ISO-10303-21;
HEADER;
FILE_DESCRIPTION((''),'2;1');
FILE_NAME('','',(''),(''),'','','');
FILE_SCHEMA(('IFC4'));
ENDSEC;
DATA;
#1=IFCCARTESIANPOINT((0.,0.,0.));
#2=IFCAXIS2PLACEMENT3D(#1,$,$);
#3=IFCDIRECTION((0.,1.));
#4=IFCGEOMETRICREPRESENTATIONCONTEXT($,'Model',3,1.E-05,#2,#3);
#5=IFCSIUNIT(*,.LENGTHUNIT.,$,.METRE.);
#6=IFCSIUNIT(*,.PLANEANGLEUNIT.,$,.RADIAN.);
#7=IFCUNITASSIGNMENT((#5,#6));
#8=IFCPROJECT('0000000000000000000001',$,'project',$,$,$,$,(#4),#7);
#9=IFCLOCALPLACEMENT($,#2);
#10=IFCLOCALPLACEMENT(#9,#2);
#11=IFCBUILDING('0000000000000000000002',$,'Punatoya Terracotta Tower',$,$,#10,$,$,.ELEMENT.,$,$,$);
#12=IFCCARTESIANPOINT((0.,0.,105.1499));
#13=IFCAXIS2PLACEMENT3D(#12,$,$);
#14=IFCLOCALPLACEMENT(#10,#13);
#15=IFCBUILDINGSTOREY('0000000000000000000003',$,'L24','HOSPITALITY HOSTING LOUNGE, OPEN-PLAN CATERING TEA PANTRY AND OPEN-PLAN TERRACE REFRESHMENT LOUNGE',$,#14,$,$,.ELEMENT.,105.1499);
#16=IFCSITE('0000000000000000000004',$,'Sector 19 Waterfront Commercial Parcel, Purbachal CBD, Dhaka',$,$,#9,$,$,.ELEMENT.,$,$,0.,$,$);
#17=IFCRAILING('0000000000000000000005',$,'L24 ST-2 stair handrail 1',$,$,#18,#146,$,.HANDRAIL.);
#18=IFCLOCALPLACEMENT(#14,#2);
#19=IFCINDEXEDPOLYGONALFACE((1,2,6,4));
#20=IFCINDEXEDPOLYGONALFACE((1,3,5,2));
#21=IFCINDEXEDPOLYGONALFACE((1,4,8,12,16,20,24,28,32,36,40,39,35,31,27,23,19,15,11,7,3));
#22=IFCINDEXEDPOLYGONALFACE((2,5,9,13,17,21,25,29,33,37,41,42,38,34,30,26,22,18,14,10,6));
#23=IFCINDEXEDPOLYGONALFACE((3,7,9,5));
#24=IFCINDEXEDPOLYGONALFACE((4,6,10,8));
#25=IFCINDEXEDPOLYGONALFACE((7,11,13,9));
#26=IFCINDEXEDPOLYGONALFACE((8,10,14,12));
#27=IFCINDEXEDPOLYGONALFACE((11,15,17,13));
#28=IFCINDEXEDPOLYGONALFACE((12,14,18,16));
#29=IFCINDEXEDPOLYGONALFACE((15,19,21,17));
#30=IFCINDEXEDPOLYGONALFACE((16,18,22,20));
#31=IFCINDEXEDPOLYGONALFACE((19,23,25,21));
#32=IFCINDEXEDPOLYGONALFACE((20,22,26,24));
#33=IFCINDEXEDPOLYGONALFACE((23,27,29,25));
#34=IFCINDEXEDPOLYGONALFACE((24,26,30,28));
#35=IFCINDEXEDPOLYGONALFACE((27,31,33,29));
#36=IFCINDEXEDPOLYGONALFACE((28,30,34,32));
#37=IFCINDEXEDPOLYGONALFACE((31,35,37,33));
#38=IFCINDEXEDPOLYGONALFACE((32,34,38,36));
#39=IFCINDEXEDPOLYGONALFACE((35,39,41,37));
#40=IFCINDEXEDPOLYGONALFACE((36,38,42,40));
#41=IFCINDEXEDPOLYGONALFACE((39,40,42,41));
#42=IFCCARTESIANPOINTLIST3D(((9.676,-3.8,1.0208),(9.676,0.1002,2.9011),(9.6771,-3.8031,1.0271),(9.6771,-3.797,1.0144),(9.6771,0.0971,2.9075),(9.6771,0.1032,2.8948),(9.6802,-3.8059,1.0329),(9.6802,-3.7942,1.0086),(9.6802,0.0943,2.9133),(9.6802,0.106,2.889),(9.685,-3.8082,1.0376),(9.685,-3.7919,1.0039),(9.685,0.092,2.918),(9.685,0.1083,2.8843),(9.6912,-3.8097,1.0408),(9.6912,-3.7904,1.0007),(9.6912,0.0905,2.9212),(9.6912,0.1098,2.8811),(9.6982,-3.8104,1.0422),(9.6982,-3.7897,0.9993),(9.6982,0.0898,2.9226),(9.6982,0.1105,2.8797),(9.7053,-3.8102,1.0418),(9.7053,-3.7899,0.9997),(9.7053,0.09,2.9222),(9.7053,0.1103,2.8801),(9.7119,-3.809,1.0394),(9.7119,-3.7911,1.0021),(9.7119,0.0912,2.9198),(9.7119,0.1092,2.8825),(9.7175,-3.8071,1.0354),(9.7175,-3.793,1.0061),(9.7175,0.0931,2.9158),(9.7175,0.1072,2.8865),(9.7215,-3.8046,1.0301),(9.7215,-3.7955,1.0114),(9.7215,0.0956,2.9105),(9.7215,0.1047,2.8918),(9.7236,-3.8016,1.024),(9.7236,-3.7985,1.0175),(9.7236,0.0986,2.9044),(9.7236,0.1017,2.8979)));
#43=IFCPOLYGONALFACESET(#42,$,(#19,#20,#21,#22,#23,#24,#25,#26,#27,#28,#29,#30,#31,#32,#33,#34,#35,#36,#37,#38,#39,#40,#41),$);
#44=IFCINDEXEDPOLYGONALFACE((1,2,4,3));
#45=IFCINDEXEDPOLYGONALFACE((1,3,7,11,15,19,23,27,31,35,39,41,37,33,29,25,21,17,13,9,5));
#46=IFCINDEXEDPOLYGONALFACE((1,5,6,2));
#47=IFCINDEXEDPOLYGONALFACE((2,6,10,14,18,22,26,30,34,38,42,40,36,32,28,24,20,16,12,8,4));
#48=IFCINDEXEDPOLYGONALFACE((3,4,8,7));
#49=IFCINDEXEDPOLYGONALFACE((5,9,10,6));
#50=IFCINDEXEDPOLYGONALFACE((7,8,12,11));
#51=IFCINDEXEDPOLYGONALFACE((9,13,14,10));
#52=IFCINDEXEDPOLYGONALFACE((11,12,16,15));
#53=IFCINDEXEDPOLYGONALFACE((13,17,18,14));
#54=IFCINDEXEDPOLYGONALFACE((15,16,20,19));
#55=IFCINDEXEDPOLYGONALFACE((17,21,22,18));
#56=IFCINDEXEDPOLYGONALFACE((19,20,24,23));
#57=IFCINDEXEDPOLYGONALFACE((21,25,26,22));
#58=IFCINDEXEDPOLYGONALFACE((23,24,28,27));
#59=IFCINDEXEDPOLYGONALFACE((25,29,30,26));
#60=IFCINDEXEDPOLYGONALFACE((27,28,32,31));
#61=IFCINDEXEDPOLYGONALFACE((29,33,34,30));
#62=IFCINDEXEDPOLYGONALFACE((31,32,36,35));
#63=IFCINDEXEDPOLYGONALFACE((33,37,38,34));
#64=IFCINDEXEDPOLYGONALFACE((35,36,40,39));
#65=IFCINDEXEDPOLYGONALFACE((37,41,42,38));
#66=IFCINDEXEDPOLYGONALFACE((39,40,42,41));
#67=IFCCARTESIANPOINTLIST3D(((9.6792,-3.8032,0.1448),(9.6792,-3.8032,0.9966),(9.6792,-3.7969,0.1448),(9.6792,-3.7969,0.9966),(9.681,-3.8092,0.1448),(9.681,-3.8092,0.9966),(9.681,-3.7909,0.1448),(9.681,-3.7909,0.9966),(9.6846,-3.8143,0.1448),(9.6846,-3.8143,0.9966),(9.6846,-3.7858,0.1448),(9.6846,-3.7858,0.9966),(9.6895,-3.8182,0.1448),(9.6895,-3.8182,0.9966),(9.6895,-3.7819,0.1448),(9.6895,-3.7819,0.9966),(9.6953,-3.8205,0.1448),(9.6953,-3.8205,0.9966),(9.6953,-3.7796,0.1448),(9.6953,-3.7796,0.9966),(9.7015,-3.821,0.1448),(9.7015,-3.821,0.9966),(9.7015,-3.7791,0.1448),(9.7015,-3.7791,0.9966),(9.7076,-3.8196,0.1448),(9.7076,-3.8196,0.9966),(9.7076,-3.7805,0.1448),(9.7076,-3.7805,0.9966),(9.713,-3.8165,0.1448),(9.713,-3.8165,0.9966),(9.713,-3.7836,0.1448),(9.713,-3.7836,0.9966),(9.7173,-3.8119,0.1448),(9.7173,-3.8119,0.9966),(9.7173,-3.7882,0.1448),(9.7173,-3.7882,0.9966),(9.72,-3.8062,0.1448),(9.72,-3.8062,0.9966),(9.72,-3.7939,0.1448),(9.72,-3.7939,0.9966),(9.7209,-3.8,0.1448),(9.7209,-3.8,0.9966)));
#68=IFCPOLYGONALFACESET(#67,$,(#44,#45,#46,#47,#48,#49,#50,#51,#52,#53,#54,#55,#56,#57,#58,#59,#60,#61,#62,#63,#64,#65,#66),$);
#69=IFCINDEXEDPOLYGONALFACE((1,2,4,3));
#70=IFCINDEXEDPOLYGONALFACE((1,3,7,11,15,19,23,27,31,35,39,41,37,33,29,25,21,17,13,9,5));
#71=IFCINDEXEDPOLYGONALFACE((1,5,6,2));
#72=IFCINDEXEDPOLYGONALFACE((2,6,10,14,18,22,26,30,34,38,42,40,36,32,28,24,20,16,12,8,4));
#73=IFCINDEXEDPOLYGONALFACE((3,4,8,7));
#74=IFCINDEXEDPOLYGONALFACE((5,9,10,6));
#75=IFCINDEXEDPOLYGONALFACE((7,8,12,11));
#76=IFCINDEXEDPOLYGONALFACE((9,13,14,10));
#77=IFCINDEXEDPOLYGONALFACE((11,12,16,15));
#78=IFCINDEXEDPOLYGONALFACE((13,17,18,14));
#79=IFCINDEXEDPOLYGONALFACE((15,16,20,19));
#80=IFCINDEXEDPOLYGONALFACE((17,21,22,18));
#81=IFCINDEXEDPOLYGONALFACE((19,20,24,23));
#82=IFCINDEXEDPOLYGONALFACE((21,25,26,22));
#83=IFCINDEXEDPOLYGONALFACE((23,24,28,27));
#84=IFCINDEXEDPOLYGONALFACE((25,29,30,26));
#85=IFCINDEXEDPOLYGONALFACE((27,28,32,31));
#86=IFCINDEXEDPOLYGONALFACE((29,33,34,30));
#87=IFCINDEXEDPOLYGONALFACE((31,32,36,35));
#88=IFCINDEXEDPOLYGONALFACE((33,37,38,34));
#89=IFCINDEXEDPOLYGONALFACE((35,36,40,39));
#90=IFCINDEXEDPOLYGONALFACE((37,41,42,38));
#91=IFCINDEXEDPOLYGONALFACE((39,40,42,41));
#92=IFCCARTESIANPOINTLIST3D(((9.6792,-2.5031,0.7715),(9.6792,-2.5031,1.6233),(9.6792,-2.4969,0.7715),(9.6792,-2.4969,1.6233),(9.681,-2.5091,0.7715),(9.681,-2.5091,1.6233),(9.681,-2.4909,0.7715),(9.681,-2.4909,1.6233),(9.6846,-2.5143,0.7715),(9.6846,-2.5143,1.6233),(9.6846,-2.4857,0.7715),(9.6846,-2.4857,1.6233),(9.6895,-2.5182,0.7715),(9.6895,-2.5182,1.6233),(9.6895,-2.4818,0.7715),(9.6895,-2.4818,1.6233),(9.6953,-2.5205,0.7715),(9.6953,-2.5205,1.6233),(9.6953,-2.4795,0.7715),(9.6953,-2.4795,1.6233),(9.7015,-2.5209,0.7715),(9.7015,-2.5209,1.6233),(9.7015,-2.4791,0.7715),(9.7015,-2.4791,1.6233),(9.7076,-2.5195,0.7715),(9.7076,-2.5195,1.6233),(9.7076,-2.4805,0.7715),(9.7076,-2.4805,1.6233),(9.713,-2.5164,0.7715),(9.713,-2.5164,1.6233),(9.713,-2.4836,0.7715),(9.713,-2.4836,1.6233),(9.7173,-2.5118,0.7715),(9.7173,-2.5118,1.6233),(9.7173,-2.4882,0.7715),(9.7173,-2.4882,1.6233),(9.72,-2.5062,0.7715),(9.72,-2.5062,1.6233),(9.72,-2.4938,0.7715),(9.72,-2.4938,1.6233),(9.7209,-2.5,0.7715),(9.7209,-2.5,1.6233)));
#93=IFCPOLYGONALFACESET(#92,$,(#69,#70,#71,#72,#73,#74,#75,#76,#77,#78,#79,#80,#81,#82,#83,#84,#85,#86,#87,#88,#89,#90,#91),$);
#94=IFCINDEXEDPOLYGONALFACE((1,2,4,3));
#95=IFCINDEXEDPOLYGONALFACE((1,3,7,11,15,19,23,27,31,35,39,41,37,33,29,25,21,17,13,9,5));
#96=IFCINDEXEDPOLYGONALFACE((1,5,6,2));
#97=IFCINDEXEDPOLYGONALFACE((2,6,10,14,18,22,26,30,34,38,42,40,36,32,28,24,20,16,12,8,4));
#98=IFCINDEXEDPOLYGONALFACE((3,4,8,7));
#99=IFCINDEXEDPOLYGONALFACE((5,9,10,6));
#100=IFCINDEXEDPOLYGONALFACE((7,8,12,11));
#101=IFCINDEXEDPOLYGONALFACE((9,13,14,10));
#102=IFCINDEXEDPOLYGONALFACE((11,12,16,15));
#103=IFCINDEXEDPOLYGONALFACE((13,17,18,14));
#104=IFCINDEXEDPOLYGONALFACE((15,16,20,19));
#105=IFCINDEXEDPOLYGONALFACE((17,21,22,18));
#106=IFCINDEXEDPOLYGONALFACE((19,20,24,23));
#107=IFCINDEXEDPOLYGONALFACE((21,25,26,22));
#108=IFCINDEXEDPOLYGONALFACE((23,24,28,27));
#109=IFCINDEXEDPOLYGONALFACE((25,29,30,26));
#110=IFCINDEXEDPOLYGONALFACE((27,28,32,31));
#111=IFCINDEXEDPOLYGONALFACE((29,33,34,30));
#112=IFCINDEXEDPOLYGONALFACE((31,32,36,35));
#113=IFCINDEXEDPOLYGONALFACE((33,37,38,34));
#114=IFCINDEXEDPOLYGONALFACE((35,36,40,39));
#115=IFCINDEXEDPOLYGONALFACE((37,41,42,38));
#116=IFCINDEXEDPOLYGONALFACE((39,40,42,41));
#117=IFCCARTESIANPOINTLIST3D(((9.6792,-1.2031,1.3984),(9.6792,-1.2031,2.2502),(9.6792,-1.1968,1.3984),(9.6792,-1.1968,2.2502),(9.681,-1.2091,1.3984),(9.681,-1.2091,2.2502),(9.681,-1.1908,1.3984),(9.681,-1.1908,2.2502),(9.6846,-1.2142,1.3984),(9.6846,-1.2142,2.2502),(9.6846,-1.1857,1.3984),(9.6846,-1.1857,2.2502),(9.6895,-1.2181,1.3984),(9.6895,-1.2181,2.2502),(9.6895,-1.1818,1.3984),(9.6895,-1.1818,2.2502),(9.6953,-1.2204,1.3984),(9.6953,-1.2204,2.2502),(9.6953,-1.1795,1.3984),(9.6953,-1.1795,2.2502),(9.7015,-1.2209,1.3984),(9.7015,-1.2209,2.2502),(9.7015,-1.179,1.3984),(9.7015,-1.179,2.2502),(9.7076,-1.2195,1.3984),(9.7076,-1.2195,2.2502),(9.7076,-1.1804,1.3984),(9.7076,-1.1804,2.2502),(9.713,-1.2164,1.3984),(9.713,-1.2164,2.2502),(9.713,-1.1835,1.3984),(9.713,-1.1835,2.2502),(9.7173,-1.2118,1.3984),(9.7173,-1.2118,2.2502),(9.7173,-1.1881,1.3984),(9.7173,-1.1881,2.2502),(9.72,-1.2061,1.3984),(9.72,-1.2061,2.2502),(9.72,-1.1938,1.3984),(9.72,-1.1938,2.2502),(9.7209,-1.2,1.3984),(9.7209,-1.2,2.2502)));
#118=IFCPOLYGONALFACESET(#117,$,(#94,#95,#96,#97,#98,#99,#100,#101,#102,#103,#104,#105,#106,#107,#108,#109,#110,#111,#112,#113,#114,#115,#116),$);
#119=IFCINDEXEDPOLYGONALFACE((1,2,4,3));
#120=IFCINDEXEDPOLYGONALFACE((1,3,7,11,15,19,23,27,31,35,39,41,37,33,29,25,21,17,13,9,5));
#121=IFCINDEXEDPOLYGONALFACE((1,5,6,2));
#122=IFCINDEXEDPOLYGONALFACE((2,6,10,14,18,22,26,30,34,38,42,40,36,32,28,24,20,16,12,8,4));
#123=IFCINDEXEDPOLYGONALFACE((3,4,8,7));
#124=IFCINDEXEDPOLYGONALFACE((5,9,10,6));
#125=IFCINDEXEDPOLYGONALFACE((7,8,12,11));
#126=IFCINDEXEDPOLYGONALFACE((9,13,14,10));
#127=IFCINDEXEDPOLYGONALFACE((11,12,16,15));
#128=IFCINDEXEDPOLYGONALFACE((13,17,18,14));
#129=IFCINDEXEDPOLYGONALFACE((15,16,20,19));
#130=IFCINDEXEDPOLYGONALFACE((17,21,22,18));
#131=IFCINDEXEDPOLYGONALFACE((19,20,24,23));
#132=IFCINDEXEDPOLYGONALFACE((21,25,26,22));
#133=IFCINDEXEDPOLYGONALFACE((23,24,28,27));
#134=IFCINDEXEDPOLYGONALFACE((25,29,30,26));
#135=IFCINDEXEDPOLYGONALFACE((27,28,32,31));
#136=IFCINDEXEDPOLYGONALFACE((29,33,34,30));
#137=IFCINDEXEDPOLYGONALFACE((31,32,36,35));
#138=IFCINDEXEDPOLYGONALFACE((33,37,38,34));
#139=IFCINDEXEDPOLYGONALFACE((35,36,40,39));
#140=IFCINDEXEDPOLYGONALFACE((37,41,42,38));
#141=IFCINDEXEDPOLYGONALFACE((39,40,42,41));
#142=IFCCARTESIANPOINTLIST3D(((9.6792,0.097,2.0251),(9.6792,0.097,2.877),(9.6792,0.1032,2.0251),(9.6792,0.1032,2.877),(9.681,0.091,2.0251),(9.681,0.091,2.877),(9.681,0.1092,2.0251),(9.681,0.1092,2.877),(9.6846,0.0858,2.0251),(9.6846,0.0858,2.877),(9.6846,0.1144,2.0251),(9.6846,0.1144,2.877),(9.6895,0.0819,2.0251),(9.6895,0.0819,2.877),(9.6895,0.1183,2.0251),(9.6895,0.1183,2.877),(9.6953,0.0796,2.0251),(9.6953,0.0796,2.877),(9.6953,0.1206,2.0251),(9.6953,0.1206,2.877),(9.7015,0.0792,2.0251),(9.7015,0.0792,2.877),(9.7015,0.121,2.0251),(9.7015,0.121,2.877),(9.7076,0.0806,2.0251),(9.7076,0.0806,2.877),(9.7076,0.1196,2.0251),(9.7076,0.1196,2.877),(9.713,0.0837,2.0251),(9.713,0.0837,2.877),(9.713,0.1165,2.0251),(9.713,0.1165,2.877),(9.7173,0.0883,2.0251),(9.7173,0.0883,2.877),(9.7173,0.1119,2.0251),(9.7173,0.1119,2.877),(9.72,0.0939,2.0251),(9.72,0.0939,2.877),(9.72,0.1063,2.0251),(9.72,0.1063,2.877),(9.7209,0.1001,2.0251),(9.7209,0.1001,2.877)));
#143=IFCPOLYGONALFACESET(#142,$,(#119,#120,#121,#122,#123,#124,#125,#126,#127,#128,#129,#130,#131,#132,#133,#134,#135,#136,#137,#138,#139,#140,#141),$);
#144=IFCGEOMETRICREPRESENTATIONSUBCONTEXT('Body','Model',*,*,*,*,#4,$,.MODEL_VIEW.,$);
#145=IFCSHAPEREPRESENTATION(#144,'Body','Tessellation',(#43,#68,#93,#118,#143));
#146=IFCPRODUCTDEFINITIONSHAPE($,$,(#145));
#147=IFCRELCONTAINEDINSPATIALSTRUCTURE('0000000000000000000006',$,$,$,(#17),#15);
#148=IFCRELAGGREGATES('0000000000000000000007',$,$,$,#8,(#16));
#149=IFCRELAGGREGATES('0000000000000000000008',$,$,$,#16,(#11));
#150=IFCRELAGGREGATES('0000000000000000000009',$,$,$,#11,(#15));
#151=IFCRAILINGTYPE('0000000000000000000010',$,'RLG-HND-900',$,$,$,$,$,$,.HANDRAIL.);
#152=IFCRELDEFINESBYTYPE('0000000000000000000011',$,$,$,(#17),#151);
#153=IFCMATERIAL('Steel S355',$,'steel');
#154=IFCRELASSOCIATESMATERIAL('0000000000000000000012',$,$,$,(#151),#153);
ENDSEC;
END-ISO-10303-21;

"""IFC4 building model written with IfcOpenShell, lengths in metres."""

from ifc_helpers import new_model, si_unit, direction, frame, origin, origin_2d, place, context, subcontext, project, spatial, circle, extrude, material, type_object, element, save


model = new_model("IFC4")

# Units and contexts
model_context = context("Model", 3, precision=1e-05, world=origin(), true_north=direction((0.0, 1.0)))
body_context = subcontext(model_context, "Body", "Model", "MODEL_VIEW")
ifc_project = project(units=[si_unit("LENGTHUNIT", "METRE"), si_unit("PLANEANGLEUNIT", "RADIAN")], contexts=[model_context])

# Site, building, storey
site_placement = place(None, origin())
site = spatial("IfcSite", under=ifc_project, at=site_placement, Name="Sector 19 Waterfront Commercial Parcel, Purbachal CBD, Dhaka", CompositionType="ELEMENT", RefElevation=0.0)
building_placement = place(site_placement, origin())
building = spatial("IfcBuilding", under=site, at=building_placement, Name="Punatoya Terracotta Tower", CompositionType="ELEMENT")
storey_placement = place(building_placement, frame((0.0, 0.0, 105.1499)))
storey = spatial("IfcBuildingStorey", under=building, at=storey_placement, Name="L24", Description="HOSPITALITY HOSTING LOUNGE, OPEN-PLAN CATERING TEA PANTRY AND OPEN-PLAN TERRACE REFRESHMENT LOUNGE", CompositionType="ELEMENT", Elevation=105.1499)

# Shared definitions
ifc_material_1 = material(Name="Steel S355", Category="steel")

# Railing
railing_type_1 = type_object("IfcRailingType", Name="RLG-HND-900", PredefinedType="HANDRAIL", material=ifc_material_1)
railing_1_placement = place(storey_placement, frame((9.7, -3.8, 0.1448)))
element("IfcRailing", 1, at=railing_1_placement, inside=storey, type_object=railing_type_1, Name="L24 ST-2 stair handrail 1", PredefinedType="HANDRAIL", context=body_context, shape_type="SweptSolid", body=[
    extrude(circle(Radius=0.0239, at=origin_2d()), frame((0.0, 0.0, 0.876), z_axis=(0.0, 0.900774, 0.434289), x_axis=(-1.0, 0.0, 0.0)), (0.0, 0.0, 1.0), 4.3298),
    extrude(circle(Radius=0.021, at=origin_2d()), origin(), (0.0, 0.0, 1.0), 0.8518),
    extrude(circle(Radius=0.021, at=origin_2d()), frame((0.0, 1.3, 0.6267)), (0.0, 0.0, 1.0), 0.8518),
    extrude(circle(Radius=0.021, at=origin_2d()), frame((0.0, 2.6001, 1.2537)), (0.0, 0.0, 1.0), 0.8518),
    extrude(circle(Radius=0.021, at=origin_2d()), frame((0.0, 3.9001, 1.8804)), (0.0, 0.0, 1.0), 0.8518),
])

save(model, "model.ifc")
